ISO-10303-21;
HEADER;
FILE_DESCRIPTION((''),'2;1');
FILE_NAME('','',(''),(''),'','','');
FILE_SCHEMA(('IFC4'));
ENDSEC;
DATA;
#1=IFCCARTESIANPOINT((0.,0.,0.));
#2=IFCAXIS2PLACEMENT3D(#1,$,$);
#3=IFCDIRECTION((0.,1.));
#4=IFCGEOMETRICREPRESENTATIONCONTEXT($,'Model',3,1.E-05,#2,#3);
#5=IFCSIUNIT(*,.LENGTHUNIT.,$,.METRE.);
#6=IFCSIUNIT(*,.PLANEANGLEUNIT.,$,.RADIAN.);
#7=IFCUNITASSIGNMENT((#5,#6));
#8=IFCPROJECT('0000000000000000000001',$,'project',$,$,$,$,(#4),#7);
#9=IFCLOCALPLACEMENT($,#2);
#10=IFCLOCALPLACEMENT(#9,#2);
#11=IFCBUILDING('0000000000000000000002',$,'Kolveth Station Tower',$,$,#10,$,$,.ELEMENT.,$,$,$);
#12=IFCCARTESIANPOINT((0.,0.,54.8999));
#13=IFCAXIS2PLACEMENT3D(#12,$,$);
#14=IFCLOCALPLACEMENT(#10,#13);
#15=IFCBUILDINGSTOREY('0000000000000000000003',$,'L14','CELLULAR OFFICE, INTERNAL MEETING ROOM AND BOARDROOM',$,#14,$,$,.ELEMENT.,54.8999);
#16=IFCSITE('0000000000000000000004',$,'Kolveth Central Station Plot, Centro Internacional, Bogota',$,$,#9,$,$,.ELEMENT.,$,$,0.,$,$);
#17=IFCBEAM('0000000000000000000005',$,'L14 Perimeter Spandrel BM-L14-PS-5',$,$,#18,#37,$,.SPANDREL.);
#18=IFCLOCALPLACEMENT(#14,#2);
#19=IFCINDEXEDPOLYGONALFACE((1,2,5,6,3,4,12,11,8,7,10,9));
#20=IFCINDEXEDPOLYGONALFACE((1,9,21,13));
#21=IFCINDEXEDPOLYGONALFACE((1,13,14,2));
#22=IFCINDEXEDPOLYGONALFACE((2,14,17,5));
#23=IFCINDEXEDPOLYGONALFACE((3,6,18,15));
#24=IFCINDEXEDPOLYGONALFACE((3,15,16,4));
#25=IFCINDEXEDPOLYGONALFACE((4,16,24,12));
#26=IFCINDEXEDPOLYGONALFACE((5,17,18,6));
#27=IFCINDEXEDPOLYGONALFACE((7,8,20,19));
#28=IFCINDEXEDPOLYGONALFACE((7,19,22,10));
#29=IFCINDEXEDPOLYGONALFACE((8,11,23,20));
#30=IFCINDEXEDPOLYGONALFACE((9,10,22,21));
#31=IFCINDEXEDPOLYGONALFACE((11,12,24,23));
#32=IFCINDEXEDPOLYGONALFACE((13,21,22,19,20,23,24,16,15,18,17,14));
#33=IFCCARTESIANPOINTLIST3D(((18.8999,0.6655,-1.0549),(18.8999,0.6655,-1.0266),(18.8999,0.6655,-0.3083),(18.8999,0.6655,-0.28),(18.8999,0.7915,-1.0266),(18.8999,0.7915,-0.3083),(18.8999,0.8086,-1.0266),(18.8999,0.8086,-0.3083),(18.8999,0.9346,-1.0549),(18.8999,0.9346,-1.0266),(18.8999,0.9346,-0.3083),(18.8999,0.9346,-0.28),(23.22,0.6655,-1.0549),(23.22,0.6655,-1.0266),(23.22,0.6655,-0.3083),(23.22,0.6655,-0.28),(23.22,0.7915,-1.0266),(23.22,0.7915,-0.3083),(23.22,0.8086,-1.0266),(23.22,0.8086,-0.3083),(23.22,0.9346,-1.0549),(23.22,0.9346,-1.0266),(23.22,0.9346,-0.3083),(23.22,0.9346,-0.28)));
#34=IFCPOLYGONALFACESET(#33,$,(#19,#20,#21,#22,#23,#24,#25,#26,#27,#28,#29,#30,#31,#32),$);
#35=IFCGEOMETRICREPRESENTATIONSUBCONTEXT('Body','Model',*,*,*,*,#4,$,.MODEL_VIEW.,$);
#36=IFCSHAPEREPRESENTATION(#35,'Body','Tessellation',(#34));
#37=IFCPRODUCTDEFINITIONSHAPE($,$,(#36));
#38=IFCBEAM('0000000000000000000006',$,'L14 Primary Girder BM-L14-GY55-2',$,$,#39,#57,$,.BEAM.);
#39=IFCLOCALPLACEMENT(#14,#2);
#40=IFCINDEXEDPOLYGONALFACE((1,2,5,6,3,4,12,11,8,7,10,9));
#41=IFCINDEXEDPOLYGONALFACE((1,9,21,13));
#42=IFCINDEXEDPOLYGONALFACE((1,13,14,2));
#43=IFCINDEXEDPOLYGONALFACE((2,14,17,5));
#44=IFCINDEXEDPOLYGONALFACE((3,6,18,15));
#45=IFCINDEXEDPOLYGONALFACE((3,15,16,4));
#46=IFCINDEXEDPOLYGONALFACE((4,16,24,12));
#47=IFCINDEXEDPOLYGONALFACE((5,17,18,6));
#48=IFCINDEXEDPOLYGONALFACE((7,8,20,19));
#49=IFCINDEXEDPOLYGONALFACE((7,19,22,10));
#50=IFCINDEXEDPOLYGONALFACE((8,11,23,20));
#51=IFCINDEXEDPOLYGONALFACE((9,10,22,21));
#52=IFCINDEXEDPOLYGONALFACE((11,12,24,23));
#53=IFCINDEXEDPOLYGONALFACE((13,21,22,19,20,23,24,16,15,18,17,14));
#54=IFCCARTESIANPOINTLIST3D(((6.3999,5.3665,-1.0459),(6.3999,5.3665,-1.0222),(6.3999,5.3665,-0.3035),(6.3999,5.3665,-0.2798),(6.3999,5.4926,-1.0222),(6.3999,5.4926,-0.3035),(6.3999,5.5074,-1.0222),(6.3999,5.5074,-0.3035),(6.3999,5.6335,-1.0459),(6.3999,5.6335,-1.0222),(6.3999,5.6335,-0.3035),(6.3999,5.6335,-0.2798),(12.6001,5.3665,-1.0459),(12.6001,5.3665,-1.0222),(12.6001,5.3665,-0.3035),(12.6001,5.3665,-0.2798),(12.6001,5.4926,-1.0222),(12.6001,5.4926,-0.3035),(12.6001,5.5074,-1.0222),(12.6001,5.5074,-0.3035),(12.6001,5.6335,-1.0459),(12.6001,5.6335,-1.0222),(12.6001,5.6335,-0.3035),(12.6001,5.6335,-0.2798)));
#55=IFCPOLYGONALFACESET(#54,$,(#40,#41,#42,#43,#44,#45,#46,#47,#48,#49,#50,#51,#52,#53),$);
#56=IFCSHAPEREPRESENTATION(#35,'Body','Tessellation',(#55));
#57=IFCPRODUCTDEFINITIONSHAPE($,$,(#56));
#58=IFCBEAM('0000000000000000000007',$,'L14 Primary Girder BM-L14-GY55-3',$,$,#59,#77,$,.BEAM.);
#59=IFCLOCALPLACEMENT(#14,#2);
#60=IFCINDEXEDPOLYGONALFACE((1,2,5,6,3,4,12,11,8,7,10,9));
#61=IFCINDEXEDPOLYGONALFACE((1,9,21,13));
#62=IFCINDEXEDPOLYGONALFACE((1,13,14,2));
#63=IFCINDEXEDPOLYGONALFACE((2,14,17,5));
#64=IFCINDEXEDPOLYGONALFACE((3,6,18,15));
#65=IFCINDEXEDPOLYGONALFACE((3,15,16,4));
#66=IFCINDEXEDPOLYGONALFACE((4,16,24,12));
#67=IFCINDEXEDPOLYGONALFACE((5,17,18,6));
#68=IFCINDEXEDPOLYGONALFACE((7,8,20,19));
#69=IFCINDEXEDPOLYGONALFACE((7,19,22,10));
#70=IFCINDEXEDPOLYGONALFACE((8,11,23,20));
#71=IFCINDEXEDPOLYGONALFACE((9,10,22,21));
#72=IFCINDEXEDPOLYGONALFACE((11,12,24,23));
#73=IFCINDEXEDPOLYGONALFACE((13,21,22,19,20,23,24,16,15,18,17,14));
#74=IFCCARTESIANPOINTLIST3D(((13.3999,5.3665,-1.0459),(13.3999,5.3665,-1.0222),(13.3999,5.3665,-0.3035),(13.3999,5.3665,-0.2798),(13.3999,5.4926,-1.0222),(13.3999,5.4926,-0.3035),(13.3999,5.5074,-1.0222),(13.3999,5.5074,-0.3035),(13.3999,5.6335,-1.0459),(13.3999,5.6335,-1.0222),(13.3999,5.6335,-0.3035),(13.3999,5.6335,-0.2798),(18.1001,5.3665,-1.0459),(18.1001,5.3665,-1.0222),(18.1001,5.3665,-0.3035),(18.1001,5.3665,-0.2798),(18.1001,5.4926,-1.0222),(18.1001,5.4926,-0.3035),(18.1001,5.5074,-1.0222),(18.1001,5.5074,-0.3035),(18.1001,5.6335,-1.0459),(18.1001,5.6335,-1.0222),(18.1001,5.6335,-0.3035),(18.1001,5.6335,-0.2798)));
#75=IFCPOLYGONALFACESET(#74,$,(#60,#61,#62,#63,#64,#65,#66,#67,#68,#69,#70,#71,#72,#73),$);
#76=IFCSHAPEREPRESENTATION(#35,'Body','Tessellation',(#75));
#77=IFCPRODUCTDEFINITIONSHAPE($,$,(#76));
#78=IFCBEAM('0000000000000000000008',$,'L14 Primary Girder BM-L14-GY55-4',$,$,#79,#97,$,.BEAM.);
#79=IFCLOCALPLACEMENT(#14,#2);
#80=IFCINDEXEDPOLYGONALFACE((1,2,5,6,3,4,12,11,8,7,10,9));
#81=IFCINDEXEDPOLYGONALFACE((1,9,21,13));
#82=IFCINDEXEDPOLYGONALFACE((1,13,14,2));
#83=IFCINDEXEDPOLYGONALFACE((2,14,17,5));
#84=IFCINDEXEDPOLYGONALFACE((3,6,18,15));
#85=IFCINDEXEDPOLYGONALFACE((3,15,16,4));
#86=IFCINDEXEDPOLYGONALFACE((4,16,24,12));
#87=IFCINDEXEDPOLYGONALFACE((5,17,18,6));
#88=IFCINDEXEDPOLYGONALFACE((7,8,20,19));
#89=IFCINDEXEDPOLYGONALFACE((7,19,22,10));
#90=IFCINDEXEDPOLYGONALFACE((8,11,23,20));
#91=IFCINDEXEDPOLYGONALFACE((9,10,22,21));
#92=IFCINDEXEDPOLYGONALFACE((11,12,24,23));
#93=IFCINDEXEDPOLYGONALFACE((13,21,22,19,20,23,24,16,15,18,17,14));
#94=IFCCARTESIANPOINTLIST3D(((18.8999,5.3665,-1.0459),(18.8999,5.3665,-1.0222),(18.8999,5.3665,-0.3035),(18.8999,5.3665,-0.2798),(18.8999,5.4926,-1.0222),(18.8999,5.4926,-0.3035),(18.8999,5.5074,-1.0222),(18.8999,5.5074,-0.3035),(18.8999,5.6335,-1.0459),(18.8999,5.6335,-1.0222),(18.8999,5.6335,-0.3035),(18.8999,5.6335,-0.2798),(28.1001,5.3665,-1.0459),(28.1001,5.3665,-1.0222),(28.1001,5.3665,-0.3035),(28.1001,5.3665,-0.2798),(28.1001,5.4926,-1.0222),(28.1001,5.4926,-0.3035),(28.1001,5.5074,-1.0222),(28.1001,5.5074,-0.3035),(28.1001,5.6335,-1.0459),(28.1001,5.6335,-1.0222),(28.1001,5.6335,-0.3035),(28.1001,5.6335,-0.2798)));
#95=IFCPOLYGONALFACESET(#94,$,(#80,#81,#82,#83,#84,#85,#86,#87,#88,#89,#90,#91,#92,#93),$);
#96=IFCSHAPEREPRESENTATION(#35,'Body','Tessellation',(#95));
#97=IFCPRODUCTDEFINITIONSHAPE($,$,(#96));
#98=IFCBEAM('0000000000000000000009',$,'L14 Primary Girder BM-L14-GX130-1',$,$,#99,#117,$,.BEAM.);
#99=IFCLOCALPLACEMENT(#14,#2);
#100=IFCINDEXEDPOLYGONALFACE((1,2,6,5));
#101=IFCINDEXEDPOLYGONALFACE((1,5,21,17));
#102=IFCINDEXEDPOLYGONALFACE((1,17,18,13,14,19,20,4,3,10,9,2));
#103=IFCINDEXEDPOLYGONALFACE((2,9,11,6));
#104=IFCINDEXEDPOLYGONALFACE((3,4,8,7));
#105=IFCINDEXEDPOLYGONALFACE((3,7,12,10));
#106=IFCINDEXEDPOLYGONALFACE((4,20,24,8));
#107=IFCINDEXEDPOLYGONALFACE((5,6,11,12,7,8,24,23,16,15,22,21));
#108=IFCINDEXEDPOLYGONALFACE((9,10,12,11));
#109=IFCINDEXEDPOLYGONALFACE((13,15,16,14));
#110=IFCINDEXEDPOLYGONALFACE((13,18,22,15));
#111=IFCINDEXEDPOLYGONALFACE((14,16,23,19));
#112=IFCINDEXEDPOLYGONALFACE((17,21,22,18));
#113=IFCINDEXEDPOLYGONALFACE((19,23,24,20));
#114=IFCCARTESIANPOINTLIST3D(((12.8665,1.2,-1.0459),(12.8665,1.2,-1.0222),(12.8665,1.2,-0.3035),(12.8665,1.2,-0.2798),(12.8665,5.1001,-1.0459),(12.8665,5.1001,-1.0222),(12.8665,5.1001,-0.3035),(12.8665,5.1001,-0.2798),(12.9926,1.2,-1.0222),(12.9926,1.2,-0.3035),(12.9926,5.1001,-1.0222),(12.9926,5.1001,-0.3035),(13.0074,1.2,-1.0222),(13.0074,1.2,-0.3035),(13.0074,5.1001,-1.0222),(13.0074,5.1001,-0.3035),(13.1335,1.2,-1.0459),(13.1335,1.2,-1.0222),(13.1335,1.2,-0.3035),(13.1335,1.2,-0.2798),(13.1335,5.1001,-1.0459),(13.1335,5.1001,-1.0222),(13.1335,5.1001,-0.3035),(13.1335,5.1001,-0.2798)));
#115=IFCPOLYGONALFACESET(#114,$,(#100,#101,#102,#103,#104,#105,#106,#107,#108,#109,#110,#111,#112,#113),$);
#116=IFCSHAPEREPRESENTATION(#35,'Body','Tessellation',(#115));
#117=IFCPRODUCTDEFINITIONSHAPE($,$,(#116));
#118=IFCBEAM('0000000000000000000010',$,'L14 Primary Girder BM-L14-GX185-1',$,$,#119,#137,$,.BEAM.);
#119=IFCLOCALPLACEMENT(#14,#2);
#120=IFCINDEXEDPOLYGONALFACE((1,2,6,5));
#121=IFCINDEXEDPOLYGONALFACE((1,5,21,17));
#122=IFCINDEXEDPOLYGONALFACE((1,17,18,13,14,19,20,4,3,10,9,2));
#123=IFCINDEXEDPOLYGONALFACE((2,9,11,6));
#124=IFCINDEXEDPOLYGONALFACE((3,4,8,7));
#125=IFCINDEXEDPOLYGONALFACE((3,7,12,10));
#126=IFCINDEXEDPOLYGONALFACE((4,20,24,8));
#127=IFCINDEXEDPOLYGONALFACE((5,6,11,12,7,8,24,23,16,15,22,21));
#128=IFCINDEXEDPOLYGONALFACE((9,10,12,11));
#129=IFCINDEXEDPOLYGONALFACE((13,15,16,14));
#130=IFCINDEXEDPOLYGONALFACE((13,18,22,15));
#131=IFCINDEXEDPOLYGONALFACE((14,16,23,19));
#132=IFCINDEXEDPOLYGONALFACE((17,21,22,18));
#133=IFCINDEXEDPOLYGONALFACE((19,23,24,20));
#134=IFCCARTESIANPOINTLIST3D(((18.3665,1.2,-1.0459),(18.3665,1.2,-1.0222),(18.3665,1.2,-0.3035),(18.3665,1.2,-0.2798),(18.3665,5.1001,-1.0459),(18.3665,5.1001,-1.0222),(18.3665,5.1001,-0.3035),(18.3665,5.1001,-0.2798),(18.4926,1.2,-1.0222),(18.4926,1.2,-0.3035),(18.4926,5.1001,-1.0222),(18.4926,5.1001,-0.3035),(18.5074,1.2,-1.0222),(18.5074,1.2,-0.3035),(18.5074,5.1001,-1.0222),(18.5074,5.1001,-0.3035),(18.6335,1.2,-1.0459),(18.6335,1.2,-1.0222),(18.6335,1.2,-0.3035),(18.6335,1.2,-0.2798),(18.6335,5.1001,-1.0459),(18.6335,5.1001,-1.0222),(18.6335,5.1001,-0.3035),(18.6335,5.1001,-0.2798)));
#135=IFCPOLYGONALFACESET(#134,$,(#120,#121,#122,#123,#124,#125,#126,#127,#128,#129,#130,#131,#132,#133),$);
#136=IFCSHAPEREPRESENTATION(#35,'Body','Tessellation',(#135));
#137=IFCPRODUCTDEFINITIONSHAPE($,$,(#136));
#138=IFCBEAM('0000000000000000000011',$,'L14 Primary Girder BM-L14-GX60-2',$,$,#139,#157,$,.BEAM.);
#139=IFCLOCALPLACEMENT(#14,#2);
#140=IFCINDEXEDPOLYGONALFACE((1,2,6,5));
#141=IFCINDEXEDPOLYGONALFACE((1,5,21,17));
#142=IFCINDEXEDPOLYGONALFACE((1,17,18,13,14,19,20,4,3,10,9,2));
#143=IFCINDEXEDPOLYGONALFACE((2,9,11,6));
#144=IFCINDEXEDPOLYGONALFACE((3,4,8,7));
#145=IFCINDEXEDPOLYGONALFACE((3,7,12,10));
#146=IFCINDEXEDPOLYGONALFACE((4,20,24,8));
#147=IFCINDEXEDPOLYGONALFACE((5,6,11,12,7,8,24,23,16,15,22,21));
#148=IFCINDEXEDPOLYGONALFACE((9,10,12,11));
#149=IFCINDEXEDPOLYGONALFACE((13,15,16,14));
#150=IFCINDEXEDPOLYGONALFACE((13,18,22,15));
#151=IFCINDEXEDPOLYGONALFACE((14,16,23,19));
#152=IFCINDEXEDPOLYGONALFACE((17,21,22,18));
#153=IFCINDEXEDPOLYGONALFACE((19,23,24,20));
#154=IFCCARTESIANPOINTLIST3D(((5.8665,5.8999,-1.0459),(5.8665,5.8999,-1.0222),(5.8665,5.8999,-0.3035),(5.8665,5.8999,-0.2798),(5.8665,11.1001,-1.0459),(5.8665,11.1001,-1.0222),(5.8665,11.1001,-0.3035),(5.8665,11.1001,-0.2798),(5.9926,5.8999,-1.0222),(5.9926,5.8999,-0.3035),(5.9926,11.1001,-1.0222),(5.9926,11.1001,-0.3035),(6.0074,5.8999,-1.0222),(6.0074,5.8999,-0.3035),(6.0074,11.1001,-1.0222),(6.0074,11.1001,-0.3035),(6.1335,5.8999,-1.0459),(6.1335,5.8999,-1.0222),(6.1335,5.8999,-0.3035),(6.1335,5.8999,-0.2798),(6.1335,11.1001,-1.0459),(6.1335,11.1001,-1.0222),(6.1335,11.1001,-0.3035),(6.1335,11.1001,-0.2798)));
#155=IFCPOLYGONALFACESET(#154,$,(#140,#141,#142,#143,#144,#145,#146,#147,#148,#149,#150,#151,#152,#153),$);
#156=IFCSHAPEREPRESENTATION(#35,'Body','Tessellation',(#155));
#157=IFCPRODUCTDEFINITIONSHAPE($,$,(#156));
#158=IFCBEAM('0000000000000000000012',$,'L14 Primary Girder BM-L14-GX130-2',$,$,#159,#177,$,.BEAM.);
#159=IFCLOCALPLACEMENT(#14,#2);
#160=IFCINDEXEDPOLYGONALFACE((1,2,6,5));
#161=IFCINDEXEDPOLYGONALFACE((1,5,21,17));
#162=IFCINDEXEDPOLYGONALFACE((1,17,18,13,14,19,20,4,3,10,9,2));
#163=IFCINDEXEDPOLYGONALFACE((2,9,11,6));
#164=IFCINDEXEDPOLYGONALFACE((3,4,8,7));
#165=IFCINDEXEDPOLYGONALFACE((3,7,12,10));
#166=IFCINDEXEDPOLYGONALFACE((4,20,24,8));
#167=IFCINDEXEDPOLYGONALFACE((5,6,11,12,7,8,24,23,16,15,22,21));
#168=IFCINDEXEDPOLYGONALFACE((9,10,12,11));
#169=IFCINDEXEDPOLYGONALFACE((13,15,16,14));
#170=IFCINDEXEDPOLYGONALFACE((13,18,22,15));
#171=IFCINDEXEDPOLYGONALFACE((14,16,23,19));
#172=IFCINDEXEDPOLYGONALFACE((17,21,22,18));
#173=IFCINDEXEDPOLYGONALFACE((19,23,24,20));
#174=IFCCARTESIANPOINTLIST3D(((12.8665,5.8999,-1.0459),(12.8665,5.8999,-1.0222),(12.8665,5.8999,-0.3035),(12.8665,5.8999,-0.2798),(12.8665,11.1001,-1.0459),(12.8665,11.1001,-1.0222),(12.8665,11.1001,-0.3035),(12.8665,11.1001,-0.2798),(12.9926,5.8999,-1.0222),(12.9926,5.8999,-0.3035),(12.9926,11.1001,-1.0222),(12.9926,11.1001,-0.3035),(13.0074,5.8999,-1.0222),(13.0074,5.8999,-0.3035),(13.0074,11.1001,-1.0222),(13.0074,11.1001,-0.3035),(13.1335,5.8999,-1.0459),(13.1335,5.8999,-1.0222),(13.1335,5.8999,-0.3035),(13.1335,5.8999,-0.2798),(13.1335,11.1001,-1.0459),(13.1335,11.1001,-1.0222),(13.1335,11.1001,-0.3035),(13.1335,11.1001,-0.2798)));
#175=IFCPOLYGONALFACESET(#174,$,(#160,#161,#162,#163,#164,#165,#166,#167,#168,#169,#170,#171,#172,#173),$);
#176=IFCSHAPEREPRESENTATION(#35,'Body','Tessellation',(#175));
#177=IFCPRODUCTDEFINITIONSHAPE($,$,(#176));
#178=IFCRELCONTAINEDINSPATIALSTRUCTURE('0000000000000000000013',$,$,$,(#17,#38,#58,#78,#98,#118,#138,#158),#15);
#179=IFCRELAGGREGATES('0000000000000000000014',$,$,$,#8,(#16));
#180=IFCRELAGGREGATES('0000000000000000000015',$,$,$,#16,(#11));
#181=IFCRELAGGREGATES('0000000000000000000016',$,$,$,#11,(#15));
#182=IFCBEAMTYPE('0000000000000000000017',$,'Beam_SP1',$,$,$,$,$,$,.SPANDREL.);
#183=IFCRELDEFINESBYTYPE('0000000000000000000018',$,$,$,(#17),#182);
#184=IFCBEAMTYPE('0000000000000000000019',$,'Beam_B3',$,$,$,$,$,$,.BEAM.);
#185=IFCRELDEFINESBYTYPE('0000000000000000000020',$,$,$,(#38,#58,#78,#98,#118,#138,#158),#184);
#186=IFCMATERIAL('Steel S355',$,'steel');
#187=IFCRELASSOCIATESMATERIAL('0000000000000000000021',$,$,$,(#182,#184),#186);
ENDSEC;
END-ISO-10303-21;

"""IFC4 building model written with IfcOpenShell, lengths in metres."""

from ifc_helpers import new_model, si_unit, direction, frame, origin, origin_2d, place, context, subcontext, project, spatial, i_section, extrude, source, transform, mapped, material, material_profile, profile_set, type_object, element, save


model = new_model("IFC4")

# Units and contexts
model_context = context("Model", 3, precision=1e-05, world=origin(), true_north=direction((0.0, 1.0)))
body_context = subcontext(model_context, "Body", "Model", "MODEL_VIEW")
ifc_project = project(units=[si_unit("LENGTHUNIT", "METRE"), si_unit("PLANEANGLEUNIT", "RADIAN")], contexts=[model_context])

# Site, building, storey
site_placement = place(None, origin())
site = spatial("IfcSite", under=ifc_project, at=site_placement, Name="Kolveth Central Station Plot, Centro Internacional, Bogota", CompositionType="ELEMENT", RefElevation=0.0)
building_placement = place(site_placement, origin())
building = spatial("IfcBuilding", under=site, at=building_placement, Name="Kolveth Station Tower", CompositionType="ELEMENT")
storey_placement = place(building_placement, frame((0.0, 0.0, 54.8999)))
storey = spatial("IfcBuildingStorey", under=building, at=storey_placement, Name="L14", Description="CELLULAR OFFICE, INTERNAL MEETING ROOM AND BOARDROOM", CompositionType="ELEMENT", Elevation=54.8999)

# Shared definitions
ifc_material_1 = material(Name="Steel S355", Category="steel")

# Beams
ifc_material_profile_1 = material_profile(ifc_material_1, i_section(OverallWidth=0.269, OverallDepth=0.7749, WebThickness=0.0171, FlangeThickness=0.0283, at=origin_2d()), Name="W760x220")
ifc_profile_set_1 = profile_set([ifc_material_profile_1], Name="Steel S355")
beam_type_1 = type_object("IfcBeamType", Name="Beam_SP1", PredefinedType="SPANDREL", material=ifc_profile_set_1)
shared_shape_1 = source(origin(), body_context, "Body", "SweptSolid", [
    extrude(i_section(OverallWidth=0.269, OverallDepth=0.7749, WebThickness=0.0171, FlangeThickness=0.0283, at=origin_2d()), origin(), (0.0, 0.0, 1.0), 4.3201),
])
beam_1_placement = place(storey_placement, frame((18.8999, 0.8, -0.6675), z_axis=(1.0, 0.0, 0.0), x_axis=(0.0, 1.0, 0.0)))
element("IfcBeam", 1, at=beam_1_placement, inside=storey, type_object=beam_type_1, Name="L14 Perimeter Spandrel BM-L14-PS-5", PredefinedType="SPANDREL", context=body_context, shape_type="MappedRepresentation", body=[
    mapped(shared_shape_1, transform((0.0, 0.0, 0.0), x_axis=(1.0, 0.0, 0.0), y_axis=(0.0, 1.0, 0.0), z_axis=(0.0, 0.0, 1.0), scale=1.0)),
])
ifc_material_profile_2 = material_profile(ifc_material_1, i_section(OverallWidth=0.2671, OverallDepth=0.7661, WebThickness=0.0149, FlangeThickness=0.0237, at=origin_2d()), Name="W760x185")
ifc_profile_set_2 = profile_set([ifc_material_profile_2], Name="Steel S355")
beam_type_2 = type_object("IfcBeamType", Name="Beam_B3", PredefinedType="BEAM", material=ifc_profile_set_2)
shared_shape_2 = source(origin(), body_context, "Body", "SweptSolid", [
    extrude(i_section(OverallWidth=0.2671, OverallDepth=0.7661, WebThickness=0.0149, FlangeThickness=0.0237, at=origin_2d()), origin(), (0.0, 0.0, 1.0), 6.2002),
])
beam_2_placement = place(storey_placement, frame((6.3999, 5.5, -0.6628), z_axis=(1.0, 0.0, 0.0), x_axis=(0.0, 1.0, 0.0)))
element("IfcBeam", 2, at=beam_2_placement, inside=storey, type_object=beam_type_2, Name="L14 Primary Girder BM-L14-GY55-2", PredefinedType="BEAM", context=body_context, shape_type="MappedRepresentation", body=[
    mapped(shared_shape_2, transform((0.0, 0.0, 0.0), x_axis=(1.0, 0.0, 0.0), y_axis=(0.0, 1.0, 0.0), z_axis=(0.0, 0.0, 1.0), scale=1.0)),
])
shared_shape_3 = source(origin(), body_context, "Body", "SweptSolid", [
    extrude(i_section(OverallWidth=0.2671, OverallDepth=0.7661, WebThickness=0.0149, FlangeThickness=0.0237, at=origin_2d()), origin(), (0.0, 0.0, 1.0), 4.7002),
])
beam_3_placement = place(storey_placement, frame((13.3999, 5.5, -0.6628), z_axis=(1.0, 0.0, 0.0), x_axis=(0.0, 1.0, 0.0)))
element("IfcBeam", 3, at=beam_3_placement, inside=storey, type_object=beam_type_2, Name="L14 Primary Girder BM-L14-GY55-3", PredefinedType="BEAM", context=body_context, shape_type="MappedRepresentation", body=[
    mapped(shared_shape_3, transform((0.0, 0.0, 0.0), x_axis=(1.0, 0.0, 0.0), y_axis=(0.0, 1.0, 0.0), z_axis=(0.0, 0.0, 1.0), scale=1.0)),
])
shared_shape_4 = source(origin(), body_context, "Body", "SweptSolid", [
    extrude(i_section(OverallWidth=0.2671, OverallDepth=0.7661, WebThickness=0.0149, FlangeThickness=0.0237, at=origin_2d()), origin(), (0.0, 0.0, 1.0), 9.2002),
])
beam_4_placement = place(storey_placement, frame((18.8999, 5.5, -0.6628), z_axis=(1.0, 0.0, 0.0), x_axis=(0.0, 1.0, 0.0)))
element("IfcBeam", 4, at=beam_4_placement, inside=storey, type_object=beam_type_2, Name="L14 Primary Girder BM-L14-GY55-4", PredefinedType="BEAM", context=body_context, shape_type="MappedRepresentation", body=[
    mapped(shared_shape_4, transform((0.0, 0.0, 0.0), x_axis=(1.0, 0.0, 0.0), y_axis=(0.0, 1.0, 0.0), z_axis=(0.0, 0.0, 1.0), scale=1.0)),
])
shared_shape_5 = source(origin(), body_context, "Body", "SweptSolid", [
    extrude(i_section(OverallWidth=0.2671, OverallDepth=0.7661, WebThickness=0.0149, FlangeThickness=0.0237, at=origin_2d()), origin(), (0.0, 0.0, 1.0), 3.9001),
])
for number, where, z_axis, x_axis, name in (
    (5, (13.0, 1.2, -0.6628), (0.0, 1.0, 0.0), (-1.0, 0.0, 0.0), "L14 Primary Girder BM-L14-GX130-1"),
    (6, (18.5, 1.2, -0.6628), (0.0, 1.0, 0.0), (-1.0, 0.0, 0.0), "L14 Primary Girder BM-L14-GX185-1"),
):
    element("IfcBeam", number, at=place(storey_placement, frame(where, z_axis=z_axis, x_axis=x_axis)), inside=storey, type_object=beam_type_2, Name=name, PredefinedType="BEAM", context=body_context, shape_type="MappedRepresentation", body=[
        mapped(shared_shape_5, transform((0.0, 0.0, 0.0), x_axis=(1.0, 0.0, 0.0), y_axis=(0.0, 1.0, 0.0), z_axis=(0.0, 0.0, 1.0), scale=1.0)),
    ])
shared_shape_6 = source(origin(), body_context, "Body", "SweptSolid", [
    extrude(i_section(OverallWidth=0.2671, OverallDepth=0.7661, WebThickness=0.0149, FlangeThickness=0.0237, at=origin_2d()), origin(), (0.0, 0.0, 1.0), 5.2002),
])
for number, where, z_axis, x_axis, name in (
    (7, (6.0, 5.8999, -0.6628), (0.0, 1.0, 0.0), (-1.0, 0.0, 0.0), "L14 Primary Girder BM-L14-GX60-2"),
    (8, (13.0, 5.8999, -0.6628), (0.0, 1.0, 0.0), (-1.0, 0.0, 0.0), "L14 Primary Girder BM-L14-GX130-2"),
):
    element("IfcBeam", number, at=place(storey_placement, frame(where, z_axis=z_axis, x_axis=x_axis)), inside=storey, type_object=beam_type_2, Name=name, PredefinedType="BEAM", context=body_context, shape_type="MappedRepresentation", body=[
        mapped(shared_shape_6, transform((0.0, 0.0, 0.0), x_axis=(1.0, 0.0, 0.0), y_axis=(0.0, 1.0, 0.0), z_axis=(0.0, 0.0, 1.0), scale=1.0)),
    ])

save(model, "model.ifc")
